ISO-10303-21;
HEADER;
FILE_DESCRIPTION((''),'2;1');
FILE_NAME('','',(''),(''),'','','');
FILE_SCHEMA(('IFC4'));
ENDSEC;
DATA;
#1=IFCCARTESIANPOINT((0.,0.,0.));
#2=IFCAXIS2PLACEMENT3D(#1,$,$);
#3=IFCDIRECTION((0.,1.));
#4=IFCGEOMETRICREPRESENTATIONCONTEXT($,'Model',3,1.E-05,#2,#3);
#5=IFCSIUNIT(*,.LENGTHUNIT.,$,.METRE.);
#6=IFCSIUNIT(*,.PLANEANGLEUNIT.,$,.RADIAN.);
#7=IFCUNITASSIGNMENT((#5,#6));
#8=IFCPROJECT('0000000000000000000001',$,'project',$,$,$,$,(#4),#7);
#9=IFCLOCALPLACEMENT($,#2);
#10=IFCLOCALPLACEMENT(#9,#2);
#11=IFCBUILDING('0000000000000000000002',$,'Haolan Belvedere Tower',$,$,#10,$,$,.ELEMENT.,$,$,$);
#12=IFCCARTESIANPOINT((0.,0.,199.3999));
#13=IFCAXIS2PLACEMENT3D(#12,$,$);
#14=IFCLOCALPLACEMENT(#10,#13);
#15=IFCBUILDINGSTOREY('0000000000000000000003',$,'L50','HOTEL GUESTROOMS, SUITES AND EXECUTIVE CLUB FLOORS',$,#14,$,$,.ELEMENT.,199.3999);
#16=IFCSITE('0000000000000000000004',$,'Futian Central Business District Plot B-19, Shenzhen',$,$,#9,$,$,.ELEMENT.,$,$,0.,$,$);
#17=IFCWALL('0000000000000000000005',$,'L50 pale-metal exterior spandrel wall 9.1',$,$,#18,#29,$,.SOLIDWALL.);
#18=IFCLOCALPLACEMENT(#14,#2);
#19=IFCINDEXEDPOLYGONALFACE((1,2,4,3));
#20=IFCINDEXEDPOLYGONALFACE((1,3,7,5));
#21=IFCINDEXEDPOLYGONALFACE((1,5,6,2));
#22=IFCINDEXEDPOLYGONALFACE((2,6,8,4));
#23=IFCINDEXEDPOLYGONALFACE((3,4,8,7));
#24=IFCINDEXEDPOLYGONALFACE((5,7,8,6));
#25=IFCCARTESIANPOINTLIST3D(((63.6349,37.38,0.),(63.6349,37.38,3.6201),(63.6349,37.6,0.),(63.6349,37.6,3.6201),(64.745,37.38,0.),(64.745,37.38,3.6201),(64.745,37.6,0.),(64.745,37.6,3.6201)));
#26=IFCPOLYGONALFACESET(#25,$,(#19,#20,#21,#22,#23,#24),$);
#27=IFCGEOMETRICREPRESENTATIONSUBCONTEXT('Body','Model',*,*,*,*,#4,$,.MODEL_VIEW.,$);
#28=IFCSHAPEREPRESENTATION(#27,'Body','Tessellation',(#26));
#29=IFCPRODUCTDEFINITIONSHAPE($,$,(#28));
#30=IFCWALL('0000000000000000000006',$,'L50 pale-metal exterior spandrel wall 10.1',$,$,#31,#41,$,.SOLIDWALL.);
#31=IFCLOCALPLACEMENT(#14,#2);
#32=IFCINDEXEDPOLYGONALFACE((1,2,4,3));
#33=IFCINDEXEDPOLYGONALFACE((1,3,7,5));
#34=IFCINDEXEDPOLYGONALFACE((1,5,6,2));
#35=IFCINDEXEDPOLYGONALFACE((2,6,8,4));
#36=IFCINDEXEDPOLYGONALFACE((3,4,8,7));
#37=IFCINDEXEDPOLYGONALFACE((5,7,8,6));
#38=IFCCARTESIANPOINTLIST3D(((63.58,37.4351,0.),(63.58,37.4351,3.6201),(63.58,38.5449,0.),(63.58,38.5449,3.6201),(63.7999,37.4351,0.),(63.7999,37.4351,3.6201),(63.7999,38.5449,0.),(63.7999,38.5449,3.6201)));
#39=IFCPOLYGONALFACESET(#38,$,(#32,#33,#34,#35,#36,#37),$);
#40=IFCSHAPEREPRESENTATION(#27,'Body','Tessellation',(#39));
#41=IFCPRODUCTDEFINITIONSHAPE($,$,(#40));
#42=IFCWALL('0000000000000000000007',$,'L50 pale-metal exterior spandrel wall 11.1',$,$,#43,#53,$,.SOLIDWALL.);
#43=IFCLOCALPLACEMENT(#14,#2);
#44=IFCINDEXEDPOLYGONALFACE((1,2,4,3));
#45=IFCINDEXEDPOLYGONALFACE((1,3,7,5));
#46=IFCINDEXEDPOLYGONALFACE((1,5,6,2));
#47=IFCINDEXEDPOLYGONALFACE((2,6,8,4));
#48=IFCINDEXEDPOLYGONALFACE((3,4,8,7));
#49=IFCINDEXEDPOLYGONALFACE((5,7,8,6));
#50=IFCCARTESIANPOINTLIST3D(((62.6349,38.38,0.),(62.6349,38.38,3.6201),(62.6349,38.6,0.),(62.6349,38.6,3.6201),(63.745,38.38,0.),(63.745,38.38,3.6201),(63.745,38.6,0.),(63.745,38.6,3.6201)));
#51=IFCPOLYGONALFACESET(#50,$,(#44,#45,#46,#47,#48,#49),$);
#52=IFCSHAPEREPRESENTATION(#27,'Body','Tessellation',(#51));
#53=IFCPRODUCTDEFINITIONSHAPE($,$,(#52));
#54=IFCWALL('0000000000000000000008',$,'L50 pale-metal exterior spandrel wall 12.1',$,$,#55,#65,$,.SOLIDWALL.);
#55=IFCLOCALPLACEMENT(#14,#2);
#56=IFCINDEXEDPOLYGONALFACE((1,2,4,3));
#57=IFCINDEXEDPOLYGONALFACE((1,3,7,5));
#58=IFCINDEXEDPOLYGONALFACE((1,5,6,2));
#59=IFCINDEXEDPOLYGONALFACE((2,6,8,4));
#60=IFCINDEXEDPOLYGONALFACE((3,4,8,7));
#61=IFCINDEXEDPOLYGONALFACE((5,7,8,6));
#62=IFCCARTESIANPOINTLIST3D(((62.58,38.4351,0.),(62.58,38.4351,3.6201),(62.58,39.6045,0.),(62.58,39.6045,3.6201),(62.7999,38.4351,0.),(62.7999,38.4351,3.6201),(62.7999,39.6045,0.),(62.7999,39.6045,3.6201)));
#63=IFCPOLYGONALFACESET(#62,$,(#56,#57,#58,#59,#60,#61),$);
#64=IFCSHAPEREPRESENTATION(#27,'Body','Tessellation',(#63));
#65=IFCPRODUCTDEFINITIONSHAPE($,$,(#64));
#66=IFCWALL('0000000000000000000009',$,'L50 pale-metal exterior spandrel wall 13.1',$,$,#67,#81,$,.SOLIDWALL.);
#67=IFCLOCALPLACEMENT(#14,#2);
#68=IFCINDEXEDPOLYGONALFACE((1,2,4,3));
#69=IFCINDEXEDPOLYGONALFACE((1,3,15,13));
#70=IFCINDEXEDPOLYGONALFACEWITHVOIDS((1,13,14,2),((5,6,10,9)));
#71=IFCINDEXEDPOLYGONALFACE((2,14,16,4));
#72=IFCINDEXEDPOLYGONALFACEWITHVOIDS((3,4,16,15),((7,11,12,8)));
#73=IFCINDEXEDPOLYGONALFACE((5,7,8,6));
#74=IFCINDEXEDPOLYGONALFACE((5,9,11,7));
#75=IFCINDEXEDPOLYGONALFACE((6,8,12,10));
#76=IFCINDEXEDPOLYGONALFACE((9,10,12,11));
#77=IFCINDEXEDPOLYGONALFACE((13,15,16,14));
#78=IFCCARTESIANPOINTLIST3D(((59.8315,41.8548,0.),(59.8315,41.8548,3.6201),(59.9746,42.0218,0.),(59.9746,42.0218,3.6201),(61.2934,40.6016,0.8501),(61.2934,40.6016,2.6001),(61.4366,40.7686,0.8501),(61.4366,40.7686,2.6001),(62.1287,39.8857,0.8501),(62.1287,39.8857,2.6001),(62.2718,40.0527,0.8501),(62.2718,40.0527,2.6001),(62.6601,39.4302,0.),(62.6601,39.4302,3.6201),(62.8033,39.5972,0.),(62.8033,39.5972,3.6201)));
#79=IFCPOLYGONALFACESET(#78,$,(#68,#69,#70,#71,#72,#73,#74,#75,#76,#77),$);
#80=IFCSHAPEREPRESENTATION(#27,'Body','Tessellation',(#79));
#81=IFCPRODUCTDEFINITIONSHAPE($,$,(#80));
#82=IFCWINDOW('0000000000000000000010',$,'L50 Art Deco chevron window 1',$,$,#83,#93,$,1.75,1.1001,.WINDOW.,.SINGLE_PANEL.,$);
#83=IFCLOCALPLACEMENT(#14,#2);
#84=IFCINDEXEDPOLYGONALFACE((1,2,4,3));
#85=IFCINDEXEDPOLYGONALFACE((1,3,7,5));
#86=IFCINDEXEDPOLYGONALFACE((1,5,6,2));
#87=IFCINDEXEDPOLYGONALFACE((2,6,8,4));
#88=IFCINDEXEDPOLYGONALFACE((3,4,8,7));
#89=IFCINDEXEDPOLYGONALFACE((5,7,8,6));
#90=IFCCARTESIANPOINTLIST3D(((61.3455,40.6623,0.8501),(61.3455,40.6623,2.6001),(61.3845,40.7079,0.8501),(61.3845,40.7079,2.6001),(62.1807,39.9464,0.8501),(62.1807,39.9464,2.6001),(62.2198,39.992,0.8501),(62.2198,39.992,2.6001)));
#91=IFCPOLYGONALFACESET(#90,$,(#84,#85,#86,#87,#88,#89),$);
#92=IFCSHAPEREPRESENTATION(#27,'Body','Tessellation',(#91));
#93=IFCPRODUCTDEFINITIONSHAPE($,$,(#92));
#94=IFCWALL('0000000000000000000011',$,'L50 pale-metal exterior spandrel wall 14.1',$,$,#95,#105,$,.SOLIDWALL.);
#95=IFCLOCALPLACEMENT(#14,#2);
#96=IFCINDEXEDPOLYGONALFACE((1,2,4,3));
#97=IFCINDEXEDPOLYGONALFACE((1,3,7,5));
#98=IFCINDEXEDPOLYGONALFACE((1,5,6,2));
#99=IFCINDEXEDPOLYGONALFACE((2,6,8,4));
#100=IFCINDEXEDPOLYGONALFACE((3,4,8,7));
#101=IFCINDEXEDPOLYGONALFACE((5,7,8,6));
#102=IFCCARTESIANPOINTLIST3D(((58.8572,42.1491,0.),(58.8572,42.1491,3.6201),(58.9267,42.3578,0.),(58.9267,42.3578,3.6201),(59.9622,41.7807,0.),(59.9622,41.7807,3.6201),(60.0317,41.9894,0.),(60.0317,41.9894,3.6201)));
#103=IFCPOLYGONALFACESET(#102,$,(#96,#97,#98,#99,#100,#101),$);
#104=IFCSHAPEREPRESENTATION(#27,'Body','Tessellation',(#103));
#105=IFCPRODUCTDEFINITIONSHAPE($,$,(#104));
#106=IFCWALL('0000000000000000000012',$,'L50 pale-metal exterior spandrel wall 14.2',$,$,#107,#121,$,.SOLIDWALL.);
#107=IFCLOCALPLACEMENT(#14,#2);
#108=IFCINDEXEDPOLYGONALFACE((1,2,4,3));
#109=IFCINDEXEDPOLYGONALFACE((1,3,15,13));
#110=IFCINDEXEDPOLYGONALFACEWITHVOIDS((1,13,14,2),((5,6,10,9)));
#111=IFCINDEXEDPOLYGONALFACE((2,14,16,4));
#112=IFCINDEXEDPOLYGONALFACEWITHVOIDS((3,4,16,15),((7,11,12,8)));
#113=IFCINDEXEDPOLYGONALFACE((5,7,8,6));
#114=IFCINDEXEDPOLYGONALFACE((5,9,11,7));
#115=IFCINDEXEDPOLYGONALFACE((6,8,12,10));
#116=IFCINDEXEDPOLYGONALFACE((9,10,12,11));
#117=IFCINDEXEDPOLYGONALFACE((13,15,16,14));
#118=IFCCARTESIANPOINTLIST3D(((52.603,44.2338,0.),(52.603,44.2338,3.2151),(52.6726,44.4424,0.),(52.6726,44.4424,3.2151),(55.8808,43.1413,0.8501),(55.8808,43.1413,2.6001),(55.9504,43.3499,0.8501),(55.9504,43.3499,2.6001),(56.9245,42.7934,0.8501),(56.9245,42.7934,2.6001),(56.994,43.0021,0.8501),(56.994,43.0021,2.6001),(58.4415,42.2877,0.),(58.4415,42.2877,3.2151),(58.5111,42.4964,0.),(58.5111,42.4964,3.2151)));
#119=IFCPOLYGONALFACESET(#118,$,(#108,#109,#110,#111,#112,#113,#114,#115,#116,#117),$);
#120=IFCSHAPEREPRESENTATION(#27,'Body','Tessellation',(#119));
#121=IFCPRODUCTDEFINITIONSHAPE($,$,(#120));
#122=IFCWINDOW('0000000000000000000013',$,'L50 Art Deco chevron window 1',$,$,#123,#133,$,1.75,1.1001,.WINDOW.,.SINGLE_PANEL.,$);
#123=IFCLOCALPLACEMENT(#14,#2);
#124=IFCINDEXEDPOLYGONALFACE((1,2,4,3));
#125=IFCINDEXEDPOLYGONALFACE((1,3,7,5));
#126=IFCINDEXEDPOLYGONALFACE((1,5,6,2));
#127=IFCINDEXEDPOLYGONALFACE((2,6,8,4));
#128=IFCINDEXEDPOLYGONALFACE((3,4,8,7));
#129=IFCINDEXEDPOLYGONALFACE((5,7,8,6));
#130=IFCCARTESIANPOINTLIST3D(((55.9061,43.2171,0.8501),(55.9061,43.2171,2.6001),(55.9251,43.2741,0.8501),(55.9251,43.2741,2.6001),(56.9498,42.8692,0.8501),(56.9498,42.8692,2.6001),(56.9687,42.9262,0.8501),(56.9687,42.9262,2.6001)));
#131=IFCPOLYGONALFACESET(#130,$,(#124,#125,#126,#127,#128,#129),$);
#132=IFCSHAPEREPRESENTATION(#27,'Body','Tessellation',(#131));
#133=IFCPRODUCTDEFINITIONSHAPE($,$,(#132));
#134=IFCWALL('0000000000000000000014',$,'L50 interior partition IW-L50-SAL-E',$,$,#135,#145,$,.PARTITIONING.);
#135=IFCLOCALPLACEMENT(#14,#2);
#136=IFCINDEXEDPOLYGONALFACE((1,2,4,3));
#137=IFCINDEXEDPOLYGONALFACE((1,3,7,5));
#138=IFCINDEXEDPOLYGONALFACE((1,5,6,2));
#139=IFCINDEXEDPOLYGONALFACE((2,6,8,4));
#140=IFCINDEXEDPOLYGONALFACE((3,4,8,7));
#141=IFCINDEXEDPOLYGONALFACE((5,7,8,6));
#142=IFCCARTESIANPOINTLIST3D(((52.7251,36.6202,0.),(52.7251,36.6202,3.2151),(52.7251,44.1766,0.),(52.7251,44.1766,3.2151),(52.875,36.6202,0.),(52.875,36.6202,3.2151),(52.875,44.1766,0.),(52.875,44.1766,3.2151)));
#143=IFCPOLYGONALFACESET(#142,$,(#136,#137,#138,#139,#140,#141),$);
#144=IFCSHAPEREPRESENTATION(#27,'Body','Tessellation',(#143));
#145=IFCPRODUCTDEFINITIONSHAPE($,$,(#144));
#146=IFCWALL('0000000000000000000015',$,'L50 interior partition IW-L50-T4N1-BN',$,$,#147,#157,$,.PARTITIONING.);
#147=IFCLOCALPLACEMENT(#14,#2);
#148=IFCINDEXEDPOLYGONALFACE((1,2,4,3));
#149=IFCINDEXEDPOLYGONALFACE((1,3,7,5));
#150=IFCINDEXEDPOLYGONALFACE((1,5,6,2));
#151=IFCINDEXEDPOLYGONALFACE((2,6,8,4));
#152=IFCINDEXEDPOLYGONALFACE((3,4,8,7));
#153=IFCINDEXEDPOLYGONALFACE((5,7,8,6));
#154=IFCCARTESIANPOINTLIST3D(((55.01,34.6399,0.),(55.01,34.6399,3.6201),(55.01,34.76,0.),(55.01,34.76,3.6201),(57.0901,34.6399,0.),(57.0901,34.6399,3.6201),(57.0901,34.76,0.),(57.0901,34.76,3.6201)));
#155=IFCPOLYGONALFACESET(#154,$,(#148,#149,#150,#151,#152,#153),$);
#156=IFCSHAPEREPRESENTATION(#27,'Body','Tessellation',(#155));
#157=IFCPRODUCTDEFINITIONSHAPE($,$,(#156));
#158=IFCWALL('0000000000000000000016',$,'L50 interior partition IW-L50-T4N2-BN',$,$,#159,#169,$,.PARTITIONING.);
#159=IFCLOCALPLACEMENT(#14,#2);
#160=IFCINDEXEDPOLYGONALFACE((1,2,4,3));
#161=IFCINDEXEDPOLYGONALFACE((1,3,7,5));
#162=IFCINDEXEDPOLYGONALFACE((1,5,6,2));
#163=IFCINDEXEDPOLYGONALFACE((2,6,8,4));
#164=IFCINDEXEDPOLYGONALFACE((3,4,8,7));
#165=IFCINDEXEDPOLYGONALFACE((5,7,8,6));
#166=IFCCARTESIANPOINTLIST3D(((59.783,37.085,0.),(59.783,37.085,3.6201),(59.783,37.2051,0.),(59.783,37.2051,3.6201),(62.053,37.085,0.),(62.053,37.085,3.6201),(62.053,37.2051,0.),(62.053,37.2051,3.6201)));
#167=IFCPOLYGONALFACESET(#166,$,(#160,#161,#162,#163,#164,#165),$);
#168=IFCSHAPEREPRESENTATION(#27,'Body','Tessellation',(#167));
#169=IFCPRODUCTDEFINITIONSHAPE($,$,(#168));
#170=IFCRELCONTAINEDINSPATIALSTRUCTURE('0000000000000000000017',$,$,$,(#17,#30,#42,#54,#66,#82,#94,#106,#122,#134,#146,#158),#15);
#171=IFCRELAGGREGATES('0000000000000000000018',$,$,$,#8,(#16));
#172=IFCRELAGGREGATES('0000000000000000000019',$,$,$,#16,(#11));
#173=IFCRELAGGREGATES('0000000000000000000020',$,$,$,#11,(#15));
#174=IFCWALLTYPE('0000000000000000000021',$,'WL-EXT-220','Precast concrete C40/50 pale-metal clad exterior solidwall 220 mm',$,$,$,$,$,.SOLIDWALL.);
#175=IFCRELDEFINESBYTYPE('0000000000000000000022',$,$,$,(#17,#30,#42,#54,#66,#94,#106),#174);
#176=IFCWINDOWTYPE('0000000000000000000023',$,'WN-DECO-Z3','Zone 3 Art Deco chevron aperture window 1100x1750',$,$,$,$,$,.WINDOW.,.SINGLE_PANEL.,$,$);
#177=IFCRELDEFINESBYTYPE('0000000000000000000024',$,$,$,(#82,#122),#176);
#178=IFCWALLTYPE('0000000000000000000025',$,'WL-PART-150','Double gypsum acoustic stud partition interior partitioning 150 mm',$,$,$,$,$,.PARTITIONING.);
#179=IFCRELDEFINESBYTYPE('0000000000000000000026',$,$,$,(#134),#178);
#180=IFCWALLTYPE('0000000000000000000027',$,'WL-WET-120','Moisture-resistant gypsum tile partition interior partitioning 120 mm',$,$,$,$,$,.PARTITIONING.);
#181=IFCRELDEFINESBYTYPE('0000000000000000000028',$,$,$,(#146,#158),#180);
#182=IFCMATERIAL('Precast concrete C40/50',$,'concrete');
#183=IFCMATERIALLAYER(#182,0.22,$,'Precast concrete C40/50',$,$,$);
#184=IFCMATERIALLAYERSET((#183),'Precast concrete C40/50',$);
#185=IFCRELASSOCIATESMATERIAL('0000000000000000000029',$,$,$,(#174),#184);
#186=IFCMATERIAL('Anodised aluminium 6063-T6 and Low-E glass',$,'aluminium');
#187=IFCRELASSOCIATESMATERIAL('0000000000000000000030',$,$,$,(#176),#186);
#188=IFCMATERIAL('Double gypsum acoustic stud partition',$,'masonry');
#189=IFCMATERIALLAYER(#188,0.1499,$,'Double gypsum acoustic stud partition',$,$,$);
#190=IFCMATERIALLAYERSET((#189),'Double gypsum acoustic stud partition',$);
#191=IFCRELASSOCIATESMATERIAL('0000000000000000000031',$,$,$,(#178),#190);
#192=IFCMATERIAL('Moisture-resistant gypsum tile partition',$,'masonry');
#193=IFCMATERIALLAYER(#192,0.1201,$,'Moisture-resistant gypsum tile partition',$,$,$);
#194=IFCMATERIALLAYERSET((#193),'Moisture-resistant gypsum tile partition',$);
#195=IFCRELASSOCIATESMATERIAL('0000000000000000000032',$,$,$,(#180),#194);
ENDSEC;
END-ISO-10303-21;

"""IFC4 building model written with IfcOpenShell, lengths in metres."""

from ifc_helpers import new_model, si_unit, direction, frame, frame_2d, origin, place, context, subcontext, project, spatial, rectangle, extrude, material, layer, layer_set, type_object, element, fill, save


model = new_model("IFC4")

# Units and contexts
model_context = context("Model", 3, precision=1e-05, world=origin(), true_north=direction((0.0, 1.0)))
body_context = subcontext(model_context, "Body", "Model", "MODEL_VIEW")
ifc_project = project(units=[si_unit("LENGTHUNIT", "METRE"), si_unit("PLANEANGLEUNIT", "RADIAN")], contexts=[model_context])

# Site, building, storey
site_placement = place(None, origin())
site = spatial("IfcSite", under=ifc_project, at=site_placement, Name="Futian Central Business District Plot B-19, Shenzhen", CompositionType="ELEMENT", RefElevation=0.0)
building_placement = place(site_placement, origin())
building = spatial("IfcBuilding", under=site, at=building_placement, Name="Haolan Belvedere Tower", CompositionType="ELEMENT")
storey_placement = place(building_placement, frame((0.0, 0.0, 199.3999)))
storey = spatial("IfcBuildingStorey", under=building, at=storey_placement, Name="L50", Description="HOTEL GUESTROOMS, SUITES AND EXECUTIVE CLUB FLOORS", CompositionType="ELEMENT", Elevation=199.3999)

# Walls
ifc_material_1 = material(Name="Precast concrete C40/50", Category="concrete")
ifc_layer_1 = layer(ifc_material_1, 0.22, Name="Precast concrete C40/50")
ifc_layer_set_1 = layer_set([ifc_layer_1], Name="Precast concrete C40/50")
wall_type_1 = type_object("IfcWallType", Name="WL-EXT-220", Description="Precast concrete C40/50 pale-metal clad exterior solidwall 220 mm", PredefinedType="SOLIDWALL", material=ifc_layer_set_1)
wall_1_placement = place(storey_placement, frame((64.7451, 37.49, 0.0), z_axis=(0.0, 0.0, 1.0), x_axis=(-1.0, 0.0, 0.0)))
element("IfcWall", 1, at=wall_1_placement, inside=storey, type_object=wall_type_1, Name="L50 pale-metal exterior spandrel wall 9.1", PredefinedType="SOLIDWALL", context=body_context, shape_type="SweptSolid", body=[
    extrude(rectangle(XDim=1.1101, YDim=0.22, at=frame_2d((0.5552, 0.0))), origin(), (0.0, 0.0, 1.0), 3.6201),
])
wall_2_placement = place(storey_placement, frame((63.6899, 37.4351, 0.0), z_axis=(0.0, 0.0, 1.0), x_axis=(0.0, 1.0, 0.0)))
element("IfcWall", 2, at=wall_2_placement, inside=storey, type_object=wall_type_1, Name="L50 pale-metal exterior spandrel wall 10.1", PredefinedType="SOLIDWALL", context=body_context, shape_type="SweptSolid", body=[
    extrude(rectangle(XDim=1.1099, YDim=0.22, at=frame_2d((0.5549, 0.0))), origin(), (0.0, 0.0, 1.0), 3.6201),
])
wall_3_placement = place(storey_placement, frame((63.7451, 38.49, 0.0), z_axis=(0.0, 0.0, 1.0), x_axis=(-1.0, 0.0, 0.0)))
element("IfcWall", 3, at=wall_3_placement, inside=storey, type_object=wall_type_1, Name="L50 pale-metal exterior spandrel wall 11.1", PredefinedType="SOLIDWALL", context=body_context, shape_type="SweptSolid", body=[
    extrude(rectangle(XDim=1.1101, YDim=0.22, at=frame_2d((0.5552, 0.0))), origin(), (0.0, 0.0, 1.0), 3.6201),
])
wall_4_placement = place(storey_placement, frame((62.6899, 38.4351, 0.0), z_axis=(0.0, 0.0, 1.0), x_axis=(0.0, 1.0, 0.0)))
element("IfcWall", 4, at=wall_4_placement, inside=storey, type_object=wall_type_1, Name="L50 pale-metal exterior spandrel wall 12.1", PredefinedType="SOLIDWALL", context=body_context, shape_type="SweptSolid", body=[
    extrude(rectangle(XDim=1.1694, YDim=0.22, at=frame_2d((0.5847, 0.0))), origin(), (0.0, 0.0, 1.0), 3.6201),
])

# Wall, opening, window
wall_5_placement = place(storey_placement, frame((62.7317, 39.5137, 0.0), z_axis=(0.0, 0.0, 1.0), x_axis=(-0.759252, 0.650797, 0.0)))
wall_5 = element("IfcWall", 5, at=wall_5_placement, inside=storey, type_object=wall_type_1, Name="L50 pale-metal exterior spandrel wall 13.1", PredefinedType="SOLIDWALL", context=body_context, shape_type="SweptSolid", body=[
    extrude(rectangle(XDim=3.7256, YDim=0.22, at=frame_2d((1.8628, 0.0))), origin(), (0.0, 0.0, 1.0), 3.6201),
])
opening_1_placement = place(wall_5_placement, frame((0.7, 0.0, 0.8501)))
opening_1 = element("IfcOpeningElement", 6, at=opening_1_placement, cuts=wall_5, PredefinedType="OPENING", context=body_context, shape_type="SweptSolid", body=[
    extrude(rectangle(XDim=1.1001, YDim=1.75, at=frame_2d((0.55, 0.875))), frame((0.0, 0.1199, 0.0), z_axis=(0.0, -1.0, 0.0), x_axis=(1.0, 0.0, 0.0)), (0.0, 0.0, 1.0), 0.24),
])
ifc_material_2 = material(Name="Anodised aluminium 6063-T6 and Low-E glass", Category="aluminium")
window_type = type_object("IfcWindowType", Name="WN-DECO-Z3", Description="Zone 3 Art Deco chevron aperture window 1100x1750", PartitioningType="SINGLE_PANEL", PredefinedType="WINDOW", material=ifc_material_2)
window_1_placement = place(opening_1_placement, origin())
window_1 = element("IfcWindow", 7, at=window_1_placement, inside=storey, type_object=window_type, Name="L50 Art Deco chevron window 1", OverallHeight=1.75, OverallWidth=1.1001, PartitioningType="SINGLE_PANEL", PredefinedType="WINDOW", context=body_context, shape_type="SweptSolid", body=[
    extrude(rectangle(XDim=1.1001, YDim=1.75, at=frame_2d((0.55, 0.875))), frame((0.0, 0.03, 0.0), z_axis=(0.0, -1.0, 0.0), x_axis=(1.0, 0.0, 0.0)), (0.0, 0.0, 1.0), 0.0601),
])
fill(opening_1, window_1)

# Wall
wall_6_placement = place(storey_placement, frame((59.9971, 41.885, 0.0), z_axis=(0.0, 0.0, 1.0), x_axis=(-0.948662, 0.316291, 0.0)))
element("IfcWall", 8, at=wall_6_placement, inside=storey, type_object=wall_type_1, Name="L50 pale-metal exterior spandrel wall 14.1", PredefinedType="SOLIDWALL", context=body_context, shape_type="SweptSolid", body=[
    extrude(rectangle(XDim=1.1648, YDim=0.22, at=frame_2d((0.5825, 0.0))), origin(), (0.0, 0.0, 1.0), 3.6201),
])

# Wall, opening, window
wall_7_placement = place(storey_placement, frame((58.4763, 42.3921, 0.0), z_axis=(0.0, 0.0, 1.0), x_axis=(-0.948691, 0.316204, 0.0)))
wall_7 = element("IfcWall", 9, at=wall_7_placement, inside=storey, type_object=wall_type_1, Name="L50 pale-metal exterior spandrel wall 14.2", PredefinedType="SOLIDWALL", context=body_context, shape_type="SweptSolid", body=[
    extrude(rectangle(XDim=6.1543, YDim=0.22, at=frame_2d((3.0771, 0.0))), origin(), (0.0, 0.0, 1.0), 3.2151),
])
opening_2_placement = place(wall_7_placement, frame((1.5991, 0.0, 0.8501)))
opening_2 = element("IfcOpeningElement", 10, at=opening_2_placement, cuts=wall_7, PredefinedType="OPENING", context=body_context, shape_type="SweptSolid", body=[
    extrude(rectangle(XDim=1.1001, YDim=1.75, at=frame_2d((0.55, 0.875))), frame((0.0, 0.1199, 0.0), z_axis=(0.0, -1.0, 0.0), x_axis=(1.0, 0.0, 0.0)), (0.0, 0.0, 1.0), 0.24),
])
window_2_placement = place(opening_2_placement, origin())
window_2 = element("IfcWindow", 11, at=window_2_placement, inside=storey, type_object=window_type, Name="L50 Art Deco chevron window 1", OverallHeight=1.75, OverallWidth=1.1001, PartitioningType="SINGLE_PANEL", PredefinedType="WINDOW", context=body_context, shape_type="SweptSolid", body=[
    extrude(rectangle(XDim=1.1001, YDim=1.75, at=frame_2d((0.55, 0.875))), frame((0.0, 0.03, 0.0), z_axis=(0.0, -1.0, 0.0), x_axis=(1.0, 0.0, 0.0)), (0.0, 0.0, 1.0), 0.0601),
])
fill(opening_2, window_2)

# Walls
ifc_material_3 = material(Name="Double gypsum acoustic stud partition", Category="masonry")
ifc_layer_2 = layer(ifc_material_3, 0.1499, Name="Double gypsum acoustic stud partition")
ifc_layer_set_2 = layer_set([ifc_layer_2], Name="Double gypsum acoustic stud partition")
wall_type_2 = type_object("IfcWallType", Name="WL-PART-150", Description="Double gypsum acoustic stud partition interior partitioning 150 mm", PredefinedType="PARTITIONING", material=ifc_layer_set_2)
wall_8_placement = place(storey_placement, frame((52.8, 36.6201, 0.0), z_axis=(0.0, 0.0, 1.0), x_axis=(0.0, 1.0, 0.0)))
element("IfcWall", 12, at=wall_8_placement, inside=storey, type_object=wall_type_2, Name="L50 interior partition IW-L50-SAL-E", PredefinedType="PARTITIONING", context=body_context, shape_type="SweptSolid", body=[
    extrude(rectangle(XDim=7.5564, YDim=0.1499, at=frame_2d((3.7783, 0.0))), origin(), (0.0, 0.0, 1.0), 3.2151),
])
ifc_material_4 = material(Name="Moisture-resistant gypsum tile partition", Category="masonry")
ifc_layer_3 = layer(ifc_material_4, 0.1201, Name="Moisture-resistant gypsum tile partition")
ifc_layer_set_3 = layer_set([ifc_layer_3], Name="Moisture-resistant gypsum tile partition")
wall_type_3 = type_object("IfcWallType", Name="WL-WET-120", Description="Moisture-resistant gypsum tile partition interior partitioning 120 mm", PredefinedType="PARTITIONING", material=ifc_layer_set_3)
wall_9_placement = place(storey_placement, frame((55.01, 34.7, 0.0), z_axis=(0.0, 0.0, 1.0), x_axis=(1.0, 0.0, 0.0)))
element("IfcWall", 13, at=wall_9_placement, inside=storey, type_object=wall_type_3, Name="L50 interior partition IW-L50-T4N1-BN", PredefinedType="PARTITIONING", context=body_context, shape_type="SweptSolid", body=[
    extrude(rectangle(XDim=2.0801, YDim=0.1201, at=frame_2d((1.04, 0.0))), origin(), (0.0, 0.0, 1.0), 3.6201),
])
wall_10_placement = place(storey_placement, frame((59.783, 37.145, 0.0), z_axis=(0.0, 0.0, 1.0), x_axis=(1.0, 0.0, 0.0)))
element("IfcWall", 14, at=wall_10_placement, inside=storey, type_object=wall_type_3, Name="L50 interior partition IW-L50-T4N2-BN", PredefinedType="PARTITIONING", context=body_context, shape_type="SweptSolid", body=[
    extrude(rectangle(XDim=2.27, YDim=0.1201, at=frame_2d((1.135, 0.0))), origin(), (0.0, 0.0, 1.0), 3.6201),
])

save(model, "model.ifc")
